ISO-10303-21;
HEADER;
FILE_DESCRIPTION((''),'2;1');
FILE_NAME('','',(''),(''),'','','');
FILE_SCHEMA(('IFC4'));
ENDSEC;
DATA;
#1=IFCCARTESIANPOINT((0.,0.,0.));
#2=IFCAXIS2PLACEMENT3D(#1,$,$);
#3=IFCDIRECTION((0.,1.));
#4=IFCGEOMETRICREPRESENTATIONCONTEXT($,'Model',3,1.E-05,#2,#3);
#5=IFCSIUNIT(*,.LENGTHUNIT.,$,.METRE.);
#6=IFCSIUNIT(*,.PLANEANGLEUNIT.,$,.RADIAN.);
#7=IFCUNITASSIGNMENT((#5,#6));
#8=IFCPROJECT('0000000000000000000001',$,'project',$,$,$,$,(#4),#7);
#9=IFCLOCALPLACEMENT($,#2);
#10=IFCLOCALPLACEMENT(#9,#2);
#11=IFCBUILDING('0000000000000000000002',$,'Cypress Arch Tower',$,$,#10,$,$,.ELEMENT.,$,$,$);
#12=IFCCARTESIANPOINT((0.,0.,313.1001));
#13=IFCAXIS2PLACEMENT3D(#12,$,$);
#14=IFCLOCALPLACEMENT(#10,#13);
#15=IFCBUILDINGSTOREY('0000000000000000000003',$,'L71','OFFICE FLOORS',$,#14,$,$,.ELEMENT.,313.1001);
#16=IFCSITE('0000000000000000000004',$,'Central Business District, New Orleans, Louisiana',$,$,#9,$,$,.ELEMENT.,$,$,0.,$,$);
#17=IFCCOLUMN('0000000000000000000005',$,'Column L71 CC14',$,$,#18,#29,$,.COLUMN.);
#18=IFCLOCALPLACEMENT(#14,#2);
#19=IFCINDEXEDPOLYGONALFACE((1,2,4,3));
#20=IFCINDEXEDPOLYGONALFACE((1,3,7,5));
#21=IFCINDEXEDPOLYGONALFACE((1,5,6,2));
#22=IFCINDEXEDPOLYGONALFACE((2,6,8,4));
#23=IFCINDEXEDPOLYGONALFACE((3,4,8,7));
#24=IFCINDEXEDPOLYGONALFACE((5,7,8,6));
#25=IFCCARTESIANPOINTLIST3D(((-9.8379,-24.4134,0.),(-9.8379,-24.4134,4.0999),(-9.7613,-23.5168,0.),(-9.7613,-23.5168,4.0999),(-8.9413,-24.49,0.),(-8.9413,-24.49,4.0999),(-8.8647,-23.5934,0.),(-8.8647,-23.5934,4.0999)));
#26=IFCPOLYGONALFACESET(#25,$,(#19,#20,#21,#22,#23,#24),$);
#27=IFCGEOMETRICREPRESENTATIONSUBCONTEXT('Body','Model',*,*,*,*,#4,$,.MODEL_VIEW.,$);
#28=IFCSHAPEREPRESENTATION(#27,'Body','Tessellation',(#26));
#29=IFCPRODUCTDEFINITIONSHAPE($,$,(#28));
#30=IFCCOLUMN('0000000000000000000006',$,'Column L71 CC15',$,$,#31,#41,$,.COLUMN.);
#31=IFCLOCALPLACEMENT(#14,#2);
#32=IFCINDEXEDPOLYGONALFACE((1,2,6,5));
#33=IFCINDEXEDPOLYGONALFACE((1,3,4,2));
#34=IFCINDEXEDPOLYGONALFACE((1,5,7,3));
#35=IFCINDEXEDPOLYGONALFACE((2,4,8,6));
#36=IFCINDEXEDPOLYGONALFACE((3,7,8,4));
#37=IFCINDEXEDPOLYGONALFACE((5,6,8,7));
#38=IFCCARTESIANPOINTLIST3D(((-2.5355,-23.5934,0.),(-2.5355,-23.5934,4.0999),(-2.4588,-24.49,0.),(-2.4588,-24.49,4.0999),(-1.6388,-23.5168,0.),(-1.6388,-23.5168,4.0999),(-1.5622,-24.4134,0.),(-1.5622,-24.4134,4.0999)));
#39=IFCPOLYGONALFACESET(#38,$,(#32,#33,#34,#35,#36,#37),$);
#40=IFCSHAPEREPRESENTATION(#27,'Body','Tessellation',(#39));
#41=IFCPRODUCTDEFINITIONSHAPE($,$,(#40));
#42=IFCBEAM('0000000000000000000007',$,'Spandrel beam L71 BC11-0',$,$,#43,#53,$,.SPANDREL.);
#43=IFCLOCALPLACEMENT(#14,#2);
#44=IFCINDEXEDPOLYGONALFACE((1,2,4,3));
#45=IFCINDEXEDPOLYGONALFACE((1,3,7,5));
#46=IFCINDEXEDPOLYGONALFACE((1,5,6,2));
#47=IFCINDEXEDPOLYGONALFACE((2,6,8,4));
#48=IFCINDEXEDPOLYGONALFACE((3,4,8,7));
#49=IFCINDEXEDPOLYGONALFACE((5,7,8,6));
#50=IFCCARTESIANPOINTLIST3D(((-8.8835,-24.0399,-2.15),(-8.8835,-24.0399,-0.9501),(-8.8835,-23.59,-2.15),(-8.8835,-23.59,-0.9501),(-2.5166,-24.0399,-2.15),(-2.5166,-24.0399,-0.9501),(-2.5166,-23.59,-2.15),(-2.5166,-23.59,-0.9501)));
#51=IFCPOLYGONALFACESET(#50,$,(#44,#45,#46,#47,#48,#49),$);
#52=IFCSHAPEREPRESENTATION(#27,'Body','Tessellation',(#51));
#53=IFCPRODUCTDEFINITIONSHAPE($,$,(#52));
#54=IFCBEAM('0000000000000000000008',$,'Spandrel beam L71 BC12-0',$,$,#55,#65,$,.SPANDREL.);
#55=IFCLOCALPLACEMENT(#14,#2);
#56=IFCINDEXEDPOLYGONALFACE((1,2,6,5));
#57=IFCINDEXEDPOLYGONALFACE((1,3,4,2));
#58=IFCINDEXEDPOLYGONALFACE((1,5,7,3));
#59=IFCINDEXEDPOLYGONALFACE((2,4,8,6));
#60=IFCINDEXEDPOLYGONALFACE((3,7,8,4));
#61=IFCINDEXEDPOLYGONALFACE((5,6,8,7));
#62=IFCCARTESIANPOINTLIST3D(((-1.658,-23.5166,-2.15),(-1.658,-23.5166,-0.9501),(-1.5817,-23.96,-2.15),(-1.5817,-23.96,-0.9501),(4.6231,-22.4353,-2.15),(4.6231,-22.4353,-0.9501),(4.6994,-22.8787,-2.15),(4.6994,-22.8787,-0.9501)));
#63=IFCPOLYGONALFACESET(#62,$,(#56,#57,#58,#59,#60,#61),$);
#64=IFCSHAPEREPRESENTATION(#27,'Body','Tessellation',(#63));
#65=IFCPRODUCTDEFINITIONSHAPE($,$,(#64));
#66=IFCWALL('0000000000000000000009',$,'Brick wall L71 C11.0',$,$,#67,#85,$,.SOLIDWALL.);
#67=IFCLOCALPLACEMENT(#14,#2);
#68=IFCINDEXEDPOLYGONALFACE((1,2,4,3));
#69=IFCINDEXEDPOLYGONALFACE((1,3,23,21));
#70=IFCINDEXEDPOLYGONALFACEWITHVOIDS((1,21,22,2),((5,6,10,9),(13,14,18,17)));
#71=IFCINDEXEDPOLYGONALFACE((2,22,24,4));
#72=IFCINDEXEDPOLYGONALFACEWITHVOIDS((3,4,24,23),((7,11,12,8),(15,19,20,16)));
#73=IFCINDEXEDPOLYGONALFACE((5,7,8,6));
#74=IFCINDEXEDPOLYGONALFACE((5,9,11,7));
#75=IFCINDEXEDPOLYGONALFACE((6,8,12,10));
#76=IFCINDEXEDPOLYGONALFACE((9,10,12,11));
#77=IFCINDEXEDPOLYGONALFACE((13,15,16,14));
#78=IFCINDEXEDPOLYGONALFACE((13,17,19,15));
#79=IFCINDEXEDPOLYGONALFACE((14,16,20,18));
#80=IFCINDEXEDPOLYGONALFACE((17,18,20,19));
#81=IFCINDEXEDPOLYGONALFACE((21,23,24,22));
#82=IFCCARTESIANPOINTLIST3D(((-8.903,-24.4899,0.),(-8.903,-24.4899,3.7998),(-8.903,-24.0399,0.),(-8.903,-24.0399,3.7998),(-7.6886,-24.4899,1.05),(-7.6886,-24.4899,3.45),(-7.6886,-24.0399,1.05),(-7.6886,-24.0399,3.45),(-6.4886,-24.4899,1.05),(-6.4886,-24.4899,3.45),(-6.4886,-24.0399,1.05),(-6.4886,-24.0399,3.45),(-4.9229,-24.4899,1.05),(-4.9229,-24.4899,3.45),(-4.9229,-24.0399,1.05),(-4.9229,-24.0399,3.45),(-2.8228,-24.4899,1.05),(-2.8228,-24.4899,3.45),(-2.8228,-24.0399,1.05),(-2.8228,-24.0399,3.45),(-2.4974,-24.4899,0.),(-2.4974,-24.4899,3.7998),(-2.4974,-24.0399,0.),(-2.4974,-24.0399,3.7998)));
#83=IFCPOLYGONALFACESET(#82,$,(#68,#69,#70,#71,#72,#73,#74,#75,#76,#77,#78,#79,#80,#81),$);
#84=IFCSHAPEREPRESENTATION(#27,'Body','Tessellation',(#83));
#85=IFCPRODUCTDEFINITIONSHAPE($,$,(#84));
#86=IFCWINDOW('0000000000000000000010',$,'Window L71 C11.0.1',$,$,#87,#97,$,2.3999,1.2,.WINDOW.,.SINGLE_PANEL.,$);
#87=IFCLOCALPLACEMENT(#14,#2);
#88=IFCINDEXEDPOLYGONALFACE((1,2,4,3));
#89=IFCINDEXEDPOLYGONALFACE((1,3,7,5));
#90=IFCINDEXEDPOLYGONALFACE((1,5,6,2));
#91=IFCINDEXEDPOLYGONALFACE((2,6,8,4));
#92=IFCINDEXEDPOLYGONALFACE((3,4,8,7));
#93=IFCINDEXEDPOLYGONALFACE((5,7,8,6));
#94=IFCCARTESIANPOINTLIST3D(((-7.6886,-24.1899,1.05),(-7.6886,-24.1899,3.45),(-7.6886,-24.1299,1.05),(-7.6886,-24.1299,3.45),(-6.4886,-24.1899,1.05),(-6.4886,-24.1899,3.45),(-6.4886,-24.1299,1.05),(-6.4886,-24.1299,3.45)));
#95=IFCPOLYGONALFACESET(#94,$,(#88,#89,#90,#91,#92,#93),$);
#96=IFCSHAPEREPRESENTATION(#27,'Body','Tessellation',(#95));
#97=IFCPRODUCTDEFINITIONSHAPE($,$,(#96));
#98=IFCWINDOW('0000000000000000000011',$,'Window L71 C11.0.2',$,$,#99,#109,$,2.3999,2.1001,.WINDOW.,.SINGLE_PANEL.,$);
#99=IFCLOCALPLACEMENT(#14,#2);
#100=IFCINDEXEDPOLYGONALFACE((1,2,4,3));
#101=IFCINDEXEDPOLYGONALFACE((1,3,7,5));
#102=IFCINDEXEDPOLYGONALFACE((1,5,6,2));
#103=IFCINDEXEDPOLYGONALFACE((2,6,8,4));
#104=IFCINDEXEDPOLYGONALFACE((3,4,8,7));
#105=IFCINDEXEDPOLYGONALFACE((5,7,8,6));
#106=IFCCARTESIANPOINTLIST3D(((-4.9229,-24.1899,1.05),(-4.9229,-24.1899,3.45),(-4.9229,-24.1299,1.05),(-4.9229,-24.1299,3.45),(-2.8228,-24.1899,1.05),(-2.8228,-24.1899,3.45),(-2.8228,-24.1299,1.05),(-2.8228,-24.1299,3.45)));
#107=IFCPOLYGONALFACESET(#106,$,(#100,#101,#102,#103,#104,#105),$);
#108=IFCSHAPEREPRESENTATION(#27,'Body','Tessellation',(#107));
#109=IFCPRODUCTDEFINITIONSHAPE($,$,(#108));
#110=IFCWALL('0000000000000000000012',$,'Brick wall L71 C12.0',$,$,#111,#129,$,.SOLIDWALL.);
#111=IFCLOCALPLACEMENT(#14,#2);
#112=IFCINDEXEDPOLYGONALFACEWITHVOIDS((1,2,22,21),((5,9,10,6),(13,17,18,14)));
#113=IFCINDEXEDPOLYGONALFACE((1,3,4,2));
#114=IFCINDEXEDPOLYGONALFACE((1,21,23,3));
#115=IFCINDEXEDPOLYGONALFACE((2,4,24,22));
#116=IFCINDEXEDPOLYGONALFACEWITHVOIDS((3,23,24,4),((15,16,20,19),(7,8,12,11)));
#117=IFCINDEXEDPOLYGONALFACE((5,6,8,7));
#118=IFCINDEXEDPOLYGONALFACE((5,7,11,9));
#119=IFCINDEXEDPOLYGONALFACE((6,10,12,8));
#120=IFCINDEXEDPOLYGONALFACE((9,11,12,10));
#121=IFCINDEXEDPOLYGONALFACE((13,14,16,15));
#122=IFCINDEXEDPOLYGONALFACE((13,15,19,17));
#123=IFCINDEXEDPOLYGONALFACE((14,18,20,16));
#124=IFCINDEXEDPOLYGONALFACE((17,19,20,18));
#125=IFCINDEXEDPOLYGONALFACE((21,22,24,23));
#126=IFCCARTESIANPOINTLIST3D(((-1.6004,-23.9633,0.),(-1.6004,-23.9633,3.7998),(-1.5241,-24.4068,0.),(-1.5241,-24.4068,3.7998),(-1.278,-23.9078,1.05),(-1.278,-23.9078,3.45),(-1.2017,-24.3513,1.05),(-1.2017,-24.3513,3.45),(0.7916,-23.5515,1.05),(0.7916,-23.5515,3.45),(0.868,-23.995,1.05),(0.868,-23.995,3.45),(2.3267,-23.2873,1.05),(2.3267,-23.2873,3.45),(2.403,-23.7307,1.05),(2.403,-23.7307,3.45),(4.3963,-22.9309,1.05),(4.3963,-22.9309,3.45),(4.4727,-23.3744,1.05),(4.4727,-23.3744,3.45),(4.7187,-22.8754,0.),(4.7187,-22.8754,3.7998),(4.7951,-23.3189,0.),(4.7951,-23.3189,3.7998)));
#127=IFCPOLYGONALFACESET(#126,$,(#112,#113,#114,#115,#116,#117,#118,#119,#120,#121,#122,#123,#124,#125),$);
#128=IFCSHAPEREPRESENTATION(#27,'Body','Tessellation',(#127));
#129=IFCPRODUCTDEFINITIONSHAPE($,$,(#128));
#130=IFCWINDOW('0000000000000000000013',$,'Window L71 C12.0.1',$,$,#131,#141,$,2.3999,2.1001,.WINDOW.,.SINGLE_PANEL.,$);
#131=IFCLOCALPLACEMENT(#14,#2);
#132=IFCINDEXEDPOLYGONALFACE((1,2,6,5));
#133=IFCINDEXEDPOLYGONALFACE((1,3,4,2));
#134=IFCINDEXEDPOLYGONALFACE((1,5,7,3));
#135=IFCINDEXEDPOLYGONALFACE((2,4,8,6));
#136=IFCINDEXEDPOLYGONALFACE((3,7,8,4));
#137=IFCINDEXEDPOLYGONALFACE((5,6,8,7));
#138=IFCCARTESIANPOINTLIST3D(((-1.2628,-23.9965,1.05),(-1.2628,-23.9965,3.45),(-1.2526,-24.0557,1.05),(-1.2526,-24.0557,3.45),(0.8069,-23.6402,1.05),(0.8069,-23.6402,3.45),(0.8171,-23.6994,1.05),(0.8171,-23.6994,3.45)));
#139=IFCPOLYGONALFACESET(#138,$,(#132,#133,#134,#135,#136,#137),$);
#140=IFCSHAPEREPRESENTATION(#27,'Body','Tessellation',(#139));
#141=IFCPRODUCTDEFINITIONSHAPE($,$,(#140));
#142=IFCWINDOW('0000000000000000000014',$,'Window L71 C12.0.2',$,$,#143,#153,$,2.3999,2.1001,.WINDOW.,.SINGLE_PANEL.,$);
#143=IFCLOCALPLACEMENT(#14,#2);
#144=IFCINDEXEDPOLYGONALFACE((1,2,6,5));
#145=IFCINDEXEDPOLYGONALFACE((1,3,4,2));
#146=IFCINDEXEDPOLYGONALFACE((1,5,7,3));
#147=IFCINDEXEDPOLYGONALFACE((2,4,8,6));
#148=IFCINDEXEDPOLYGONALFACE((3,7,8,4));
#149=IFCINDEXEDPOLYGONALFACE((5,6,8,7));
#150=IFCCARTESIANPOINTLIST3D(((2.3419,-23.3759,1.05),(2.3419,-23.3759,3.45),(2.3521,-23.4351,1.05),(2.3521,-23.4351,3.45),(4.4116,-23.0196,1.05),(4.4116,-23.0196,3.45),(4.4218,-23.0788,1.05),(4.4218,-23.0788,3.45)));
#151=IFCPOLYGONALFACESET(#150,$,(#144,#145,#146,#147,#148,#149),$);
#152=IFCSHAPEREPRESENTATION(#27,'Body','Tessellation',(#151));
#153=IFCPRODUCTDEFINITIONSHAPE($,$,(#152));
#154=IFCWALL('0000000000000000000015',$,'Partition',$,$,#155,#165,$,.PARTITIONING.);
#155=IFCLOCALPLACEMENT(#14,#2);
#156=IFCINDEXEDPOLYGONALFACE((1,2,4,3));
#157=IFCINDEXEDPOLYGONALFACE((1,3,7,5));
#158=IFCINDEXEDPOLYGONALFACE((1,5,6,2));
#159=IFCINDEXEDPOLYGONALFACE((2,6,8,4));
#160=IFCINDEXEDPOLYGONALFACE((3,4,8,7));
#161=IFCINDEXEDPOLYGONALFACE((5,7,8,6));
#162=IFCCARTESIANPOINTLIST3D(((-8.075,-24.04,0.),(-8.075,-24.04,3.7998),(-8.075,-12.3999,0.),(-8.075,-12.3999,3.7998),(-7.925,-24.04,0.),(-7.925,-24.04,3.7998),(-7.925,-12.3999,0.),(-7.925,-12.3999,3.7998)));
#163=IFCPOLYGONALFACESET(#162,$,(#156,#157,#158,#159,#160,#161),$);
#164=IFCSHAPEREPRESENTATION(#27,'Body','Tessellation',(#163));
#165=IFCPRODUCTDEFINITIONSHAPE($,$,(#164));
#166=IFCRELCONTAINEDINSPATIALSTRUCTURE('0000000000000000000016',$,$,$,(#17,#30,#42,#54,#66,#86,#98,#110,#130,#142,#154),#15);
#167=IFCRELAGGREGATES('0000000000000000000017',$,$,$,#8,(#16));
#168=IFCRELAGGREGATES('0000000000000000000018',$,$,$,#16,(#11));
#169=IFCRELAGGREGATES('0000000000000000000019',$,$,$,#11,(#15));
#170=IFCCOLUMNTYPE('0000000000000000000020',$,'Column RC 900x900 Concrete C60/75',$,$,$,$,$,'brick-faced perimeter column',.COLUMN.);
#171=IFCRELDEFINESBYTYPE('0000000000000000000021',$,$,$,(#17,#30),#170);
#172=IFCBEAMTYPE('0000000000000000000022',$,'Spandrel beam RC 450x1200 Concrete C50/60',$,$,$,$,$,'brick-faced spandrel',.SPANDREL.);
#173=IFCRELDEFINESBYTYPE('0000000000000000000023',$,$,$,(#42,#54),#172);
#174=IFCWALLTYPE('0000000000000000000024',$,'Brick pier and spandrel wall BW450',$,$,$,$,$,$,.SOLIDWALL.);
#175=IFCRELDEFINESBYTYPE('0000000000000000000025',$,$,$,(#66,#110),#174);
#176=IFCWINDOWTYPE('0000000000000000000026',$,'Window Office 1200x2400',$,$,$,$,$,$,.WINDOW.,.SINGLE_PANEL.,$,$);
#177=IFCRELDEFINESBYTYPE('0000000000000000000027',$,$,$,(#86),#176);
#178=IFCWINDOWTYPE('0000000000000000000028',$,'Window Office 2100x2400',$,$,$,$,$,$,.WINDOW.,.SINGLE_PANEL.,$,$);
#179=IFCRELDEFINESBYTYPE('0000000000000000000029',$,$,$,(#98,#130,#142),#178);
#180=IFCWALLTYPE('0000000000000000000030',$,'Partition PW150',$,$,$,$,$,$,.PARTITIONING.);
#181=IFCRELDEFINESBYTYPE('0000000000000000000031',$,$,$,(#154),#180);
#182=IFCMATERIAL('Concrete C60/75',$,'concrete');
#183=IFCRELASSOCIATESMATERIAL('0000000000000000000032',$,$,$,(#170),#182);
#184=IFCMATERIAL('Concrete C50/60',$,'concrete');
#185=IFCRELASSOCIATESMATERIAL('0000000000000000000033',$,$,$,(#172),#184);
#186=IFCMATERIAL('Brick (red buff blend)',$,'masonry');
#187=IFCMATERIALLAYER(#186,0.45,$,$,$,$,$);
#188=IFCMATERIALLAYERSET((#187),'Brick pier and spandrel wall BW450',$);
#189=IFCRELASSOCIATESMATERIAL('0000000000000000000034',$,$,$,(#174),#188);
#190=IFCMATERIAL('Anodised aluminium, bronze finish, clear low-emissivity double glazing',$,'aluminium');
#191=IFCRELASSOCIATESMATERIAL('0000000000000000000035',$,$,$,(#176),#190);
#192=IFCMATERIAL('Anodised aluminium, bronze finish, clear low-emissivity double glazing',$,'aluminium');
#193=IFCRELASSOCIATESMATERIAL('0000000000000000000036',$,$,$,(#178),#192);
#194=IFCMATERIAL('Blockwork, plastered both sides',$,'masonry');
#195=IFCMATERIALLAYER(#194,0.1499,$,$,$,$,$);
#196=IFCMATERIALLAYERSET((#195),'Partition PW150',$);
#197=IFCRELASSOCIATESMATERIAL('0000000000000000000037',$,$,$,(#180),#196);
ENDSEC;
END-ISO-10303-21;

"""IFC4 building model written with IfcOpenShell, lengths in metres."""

from ifc_helpers import new_model, si_unit, direction, frame, frame_2d, origin, origin_2d, place, context, subcontext, project, spatial, rectangle, extrude, material, layer, layer_set, material_profile, profile_set, type_object, element, fill, save


model = new_model("IFC4")

# Units and contexts
model_context = context("Model", 3, precision=1e-05, world=origin(), true_north=direction((0.0, 1.0)))
body_context = subcontext(model_context, "Body", "Model", "MODEL_VIEW")
ifc_project = project(units=[si_unit("LENGTHUNIT", "METRE"), si_unit("PLANEANGLEUNIT", "RADIAN")], contexts=[model_context])

# Site, building, storey
site_placement = place(None, origin())
site = spatial("IfcSite", under=ifc_project, at=site_placement, Name="Central Business District, New Orleans, Louisiana", CompositionType="ELEMENT", RefElevation=0.0)
building_placement = place(site_placement, origin())
building = spatial("IfcBuilding", under=site, at=building_placement, Name="Cypress Arch Tower", CompositionType="ELEMENT")
storey_placement = place(building_placement, frame((0.0, 0.0, 313.1001)))
storey = spatial("IfcBuildingStorey", under=building, at=storey_placement, Name="L71", Description="OFFICE FLOORS", CompositionType="ELEMENT", Elevation=313.1001)

# Columns
ifc_material_1 = material(Name="Concrete C60/75", Category="concrete")
ifc_material_profile_1 = material_profile(ifc_material_1, rectangle(XDim=0.8999, YDim=0.8999, at=origin_2d()), Name="RC 900x900")
ifc_profile_set_1 = profile_set([ifc_material_profile_1], Name="Concrete C60/75")
column_type = type_object("IfcColumnType", Name="Column RC 900x900 Concrete C60/75", ElementType="brick-faced perimeter column", PredefinedType="COLUMN", material=ifc_profile_set_1)
for number, where, z_axis, x_axis, name in (
    (1, (-9.3513, -24.0034, 0.0), (0.0, 0.0, 1.0), (0.996368, -0.085149, 0.0), "Column L71 CC14"),
    (2, (-2.0488, -24.0034, 0.0), (0.0, 0.0, 1.0), (0.996368, 0.085149, 0.0), "Column L71 CC15"),
):
    element("IfcColumn", number, at=place(storey_placement, frame(where, z_axis=z_axis, x_axis=x_axis)), inside=storey, type_object=column_type, Name=name, PredefinedType="COLUMN", context=body_context, shape_type="SweptSolid", body=[
        extrude(rectangle(XDim=0.8999, YDim=0.8999, at=origin_2d()), origin(), (0.0, 0.0, 1.0), 4.0999),
    ])

# Beams
ifc_material_2 = material(Name="Concrete C50/60", Category="concrete")
ifc_material_profile_2 = material_profile(ifc_material_2, rectangle(XDim=0.45, YDim=1.2, at=origin_2d()), Name="RC 450x1200")
ifc_profile_set_2 = profile_set([ifc_material_profile_2], Name="Concrete C50/60")
beam_type = type_object("IfcBeamType", Name="Spandrel beam RC 450x1200 Concrete C50/60", ElementType="brick-faced spandrel", PredefinedType="SPANDREL", material=ifc_profile_set_2)
beam_1_placement = place(storey_placement, frame((-8.8835, -23.8149, -1.55), z_axis=(1.0, 0.0, 0.0), x_axis=(0.0, 1.0, 0.0)))
element("IfcBeam", 3, at=beam_1_placement, inside=storey, type_object=beam_type, Name="Spandrel beam L71 BC11-0", PredefinedType="SPANDREL", context=body_context, shape_type="SweptSolid", body=[
    extrude(rectangle(XDim=0.45, YDim=1.2, at=origin_2d()), origin(), (0.0, 0.0, 1.0), 6.3669),
])
beam_2_placement = place(storey_placement, frame((-1.6199, -23.7383, -1.55), z_axis=(0.985504, 0.169652, 0.0), x_axis=(-0.169652, 0.985504, 0.0)))
element("IfcBeam", 4, at=beam_2_placement, inside=storey, type_object=beam_type, Name="Spandrel beam L71 BC12-0", PredefinedType="SPANDREL", context=body_context, shape_type="SweptSolid", body=[
    extrude(rectangle(XDim=0.45, YDim=1.2, at=origin_2d()), origin(), (0.0, 0.0, 1.0), 6.3735),
])

# Walls, openings, windows
ifc_material_3 = material(Name="Brick (red buff blend)", Category="masonry")
ifc_layer_1 = layer(ifc_material_3, 0.45)
ifc_layer_set_1 = layer_set([ifc_layer_1], Name="Brick pier and spandrel wall BW450")
wall_type_1 = type_object("IfcWallType", Name="Brick pier and spandrel wall BW450", PredefinedType="SOLIDWALL", material=ifc_layer_set_1)
wall_1_placement = place(storey_placement, frame((-8.9028, -24.2649, 0.0), z_axis=(0.0, 0.0, 1.0), x_axis=(1.0, 0.0, 0.0)))
wall_1 = element("IfcWall", 5, at=wall_1_placement, inside=storey, type_object=wall_type_1, Name="Brick wall L71 C11.0", PredefinedType="SOLIDWALL", context=body_context, shape_type="SweptSolid", body=[
    extrude(rectangle(XDim=6.4055, YDim=0.45, at=frame_2d((3.2026, 0.0))), origin(), (0.0, 0.0, 1.0), 3.7998),
])
opening_1_placement = place(wall_1_placement, frame((3.98, 0.0, 1.05)))
opening_1 = element("IfcOpeningElement", 6, at=opening_1_placement, cuts=wall_1, PredefinedType="OPENING", context=body_context, shape_type="SweptSolid", body=[
    extrude(rectangle(XDim=2.1001, YDim=2.3999, at=frame_2d((1.05, 1.2))), frame((0.0, 0.2349, 0.0), z_axis=(0.0, -1.0, 0.0), x_axis=(1.0, 0.0, 0.0)), (0.0, 0.0, 1.0), 0.47),
])
opening_2_placement = place(wall_1_placement, frame((1.2141, 0.0, 1.05)))
opening_2 = element("IfcOpeningElement", 7, at=opening_2_placement, cuts=wall_1, PredefinedType="OPENING", context=body_context, shape_type="SweptSolid", body=[
    extrude(rectangle(XDim=1.2, YDim=2.3999, at=frame_2d((0.6001, 1.2))), frame((0.0, 0.2349, 0.0), z_axis=(0.0, -1.0, 0.0), x_axis=(1.0, 0.0, 0.0)), (0.0, 0.0, 1.0), 0.47),
])
ifc_material_4 = material(Name="Anodised aluminium, bronze finish, clear low-emissivity double glazing", Category="aluminium")
window_type_1 = type_object("IfcWindowType", Name="Window Office 1200x2400", PartitioningType="SINGLE_PANEL", PredefinedType="WINDOW", material=ifc_material_4)
window_1_placement = place(opening_2_placement, origin())
window_1 = element("IfcWindow", 8, at=window_1_placement, inside=storey, type_object=window_type_1, Name="Window L71 C11.0.1", OverallHeight=2.3999, OverallWidth=1.2, PartitioningType="SINGLE_PANEL", PredefinedType="WINDOW", context=body_context, shape_type="SweptSolid", body=[
    extrude(rectangle(XDim=1.2, YDim=2.3999, at=frame_2d((0.6001, 1.2))), frame((0.0, 0.135, 0.0), z_axis=(0.0, -1.0, 0.0), x_axis=(1.0, 0.0, 0.0)), (0.0, 0.0, 1.0), 0.0601),
])
fill(opening_2, window_1)
ifc_material_5 = material(Name="Anodised aluminium, bronze finish, clear low-emissivity double glazing", Category="aluminium")
window_type_2 = type_object("IfcWindowType", Name="Window Office 2100x2400", PartitioningType="SINGLE_PANEL", PredefinedType="WINDOW", material=ifc_material_5)
window_2_placement = place(opening_1_placement, origin())
window_2 = element("IfcWindow", 9, at=window_2_placement, inside=storey, type_object=window_type_2, Name="Window L71 C11.0.2", OverallHeight=2.3999, OverallWidth=2.1001, PartitioningType="SINGLE_PANEL", PredefinedType="WINDOW", context=body_context, shape_type="SweptSolid", body=[
    extrude(rectangle(XDim=2.1001, YDim=2.3999, at=frame_2d((1.05, 1.2))), frame((0.0, 0.135, 0.0), z_axis=(0.0, -1.0, 0.0), x_axis=(1.0, 0.0, 0.0)), (0.0, 0.0, 1.0), 0.0601),
])
fill(opening_1, window_2)
wall_2_placement = place(storey_placement, frame((-1.5623, -24.1851, 0.0), z_axis=(0.0, 0.0, 1.0), x_axis=(0.985502, 0.169663, 0.0)))
wall_2 = element("IfcWall", 10, at=wall_2_placement, inside=storey, type_object=wall_type_1, Name="Brick wall L71 C12.0", PredefinedType="SOLIDWALL", context=body_context, shape_type="SweptSolid", body=[
    extrude(rectangle(XDim=6.4121, YDim=0.45, at=frame_2d((3.2061, 0.0))), origin(), (0.0, 0.0, 1.0), 3.7998),
])
opening_3_placement = place(wall_2_placement, frame((0.3271, 0.0, 1.05)))
opening_3 = element("IfcOpeningElement", 11, at=opening_3_placement, cuts=wall_2, PredefinedType="OPENING", context=body_context, shape_type="SweptSolid", body=[
    extrude(rectangle(XDim=2.1001, YDim=2.3999, at=frame_2d((1.05, 1.2))), frame((0.0, 0.2349, 0.0), z_axis=(0.0, -1.0, 0.0), x_axis=(1.0, 0.0, 0.0)), (0.0, 0.0, 1.0), 0.47),
])
opening_4_placement = place(wall_2_placement, frame((3.9849, 0.0, 1.05)))
opening_4 = element("IfcOpeningElement", 12, at=opening_4_placement, cuts=wall_2, PredefinedType="OPENING", context=body_context, shape_type="SweptSolid", body=[
    extrude(rectangle(XDim=2.1001, YDim=2.3999, at=frame_2d((1.05, 1.2))), frame((0.0, 0.2349, 0.0), z_axis=(0.0, -1.0, 0.0), x_axis=(1.0, 0.0, 0.0)), (0.0, 0.0, 1.0), 0.47),
])
window_3_placement = place(opening_3_placement, origin())
window_3 = element("IfcWindow", 13, at=window_3_placement, inside=storey, type_object=window_type_2, Name="Window L71 C12.0.1", OverallHeight=2.3999, OverallWidth=2.1001, PartitioningType="SINGLE_PANEL", PredefinedType="WINDOW", context=body_context, shape_type="SweptSolid", body=[
    extrude(rectangle(XDim=2.1001, YDim=2.3999, at=frame_2d((1.05, 1.2))), frame((0.0, 0.135, 0.0), z_axis=(0.0, -1.0, 0.0), x_axis=(1.0, 0.0, 0.0)), (0.0, 0.0, 1.0), 0.0601),
])
fill(opening_3, window_3)
window_4_placement = place(opening_4_placement, origin())
window_4 = element("IfcWindow", 14, at=window_4_placement, inside=storey, type_object=window_type_2, Name="Window L71 C12.0.2", OverallHeight=2.3999, OverallWidth=2.1001, PartitioningType="SINGLE_PANEL", PredefinedType="WINDOW", context=body_context, shape_type="SweptSolid", body=[
    extrude(rectangle(XDim=2.1001, YDim=2.3999, at=frame_2d((1.05, 1.2))), frame((0.0, 0.135, 0.0), z_axis=(0.0, -1.0, 0.0), x_axis=(1.0, 0.0, 0.0)), (0.0, 0.0, 1.0), 0.0601),
])
fill(opening_4, window_4)

# Wall
ifc_material_6 = material(Name="Blockwork, plastered both sides", Category="masonry")
ifc_layer_2 = layer(ifc_material_6, 0.1499)
ifc_layer_set_2 = layer_set([ifc_layer_2], Name="Partition PW150")
wall_type_2 = type_object("IfcWallType", Name="Partition PW150", PredefinedType="PARTITIONING", material=ifc_layer_set_2)
wall_3_placement = place(storey_placement, frame((-8.0, -24.04, 0.0), z_axis=(0.0, 0.0, 1.0), x_axis=(0.0, 1.0, 0.0)))
element("IfcWall", 15, at=wall_3_placement, inside=storey, type_object=wall_type_2, Name="Partition", PredefinedType="PARTITIONING", context=body_context, shape_type="SweptSolid", body=[
    extrude(rectangle(XDim=11.6401, YDim=0.1499, at=frame_2d((5.8201, 0.0))), origin(), (0.0, 0.0, 1.0), 3.7998),
])

save(model, "model.ifc")
